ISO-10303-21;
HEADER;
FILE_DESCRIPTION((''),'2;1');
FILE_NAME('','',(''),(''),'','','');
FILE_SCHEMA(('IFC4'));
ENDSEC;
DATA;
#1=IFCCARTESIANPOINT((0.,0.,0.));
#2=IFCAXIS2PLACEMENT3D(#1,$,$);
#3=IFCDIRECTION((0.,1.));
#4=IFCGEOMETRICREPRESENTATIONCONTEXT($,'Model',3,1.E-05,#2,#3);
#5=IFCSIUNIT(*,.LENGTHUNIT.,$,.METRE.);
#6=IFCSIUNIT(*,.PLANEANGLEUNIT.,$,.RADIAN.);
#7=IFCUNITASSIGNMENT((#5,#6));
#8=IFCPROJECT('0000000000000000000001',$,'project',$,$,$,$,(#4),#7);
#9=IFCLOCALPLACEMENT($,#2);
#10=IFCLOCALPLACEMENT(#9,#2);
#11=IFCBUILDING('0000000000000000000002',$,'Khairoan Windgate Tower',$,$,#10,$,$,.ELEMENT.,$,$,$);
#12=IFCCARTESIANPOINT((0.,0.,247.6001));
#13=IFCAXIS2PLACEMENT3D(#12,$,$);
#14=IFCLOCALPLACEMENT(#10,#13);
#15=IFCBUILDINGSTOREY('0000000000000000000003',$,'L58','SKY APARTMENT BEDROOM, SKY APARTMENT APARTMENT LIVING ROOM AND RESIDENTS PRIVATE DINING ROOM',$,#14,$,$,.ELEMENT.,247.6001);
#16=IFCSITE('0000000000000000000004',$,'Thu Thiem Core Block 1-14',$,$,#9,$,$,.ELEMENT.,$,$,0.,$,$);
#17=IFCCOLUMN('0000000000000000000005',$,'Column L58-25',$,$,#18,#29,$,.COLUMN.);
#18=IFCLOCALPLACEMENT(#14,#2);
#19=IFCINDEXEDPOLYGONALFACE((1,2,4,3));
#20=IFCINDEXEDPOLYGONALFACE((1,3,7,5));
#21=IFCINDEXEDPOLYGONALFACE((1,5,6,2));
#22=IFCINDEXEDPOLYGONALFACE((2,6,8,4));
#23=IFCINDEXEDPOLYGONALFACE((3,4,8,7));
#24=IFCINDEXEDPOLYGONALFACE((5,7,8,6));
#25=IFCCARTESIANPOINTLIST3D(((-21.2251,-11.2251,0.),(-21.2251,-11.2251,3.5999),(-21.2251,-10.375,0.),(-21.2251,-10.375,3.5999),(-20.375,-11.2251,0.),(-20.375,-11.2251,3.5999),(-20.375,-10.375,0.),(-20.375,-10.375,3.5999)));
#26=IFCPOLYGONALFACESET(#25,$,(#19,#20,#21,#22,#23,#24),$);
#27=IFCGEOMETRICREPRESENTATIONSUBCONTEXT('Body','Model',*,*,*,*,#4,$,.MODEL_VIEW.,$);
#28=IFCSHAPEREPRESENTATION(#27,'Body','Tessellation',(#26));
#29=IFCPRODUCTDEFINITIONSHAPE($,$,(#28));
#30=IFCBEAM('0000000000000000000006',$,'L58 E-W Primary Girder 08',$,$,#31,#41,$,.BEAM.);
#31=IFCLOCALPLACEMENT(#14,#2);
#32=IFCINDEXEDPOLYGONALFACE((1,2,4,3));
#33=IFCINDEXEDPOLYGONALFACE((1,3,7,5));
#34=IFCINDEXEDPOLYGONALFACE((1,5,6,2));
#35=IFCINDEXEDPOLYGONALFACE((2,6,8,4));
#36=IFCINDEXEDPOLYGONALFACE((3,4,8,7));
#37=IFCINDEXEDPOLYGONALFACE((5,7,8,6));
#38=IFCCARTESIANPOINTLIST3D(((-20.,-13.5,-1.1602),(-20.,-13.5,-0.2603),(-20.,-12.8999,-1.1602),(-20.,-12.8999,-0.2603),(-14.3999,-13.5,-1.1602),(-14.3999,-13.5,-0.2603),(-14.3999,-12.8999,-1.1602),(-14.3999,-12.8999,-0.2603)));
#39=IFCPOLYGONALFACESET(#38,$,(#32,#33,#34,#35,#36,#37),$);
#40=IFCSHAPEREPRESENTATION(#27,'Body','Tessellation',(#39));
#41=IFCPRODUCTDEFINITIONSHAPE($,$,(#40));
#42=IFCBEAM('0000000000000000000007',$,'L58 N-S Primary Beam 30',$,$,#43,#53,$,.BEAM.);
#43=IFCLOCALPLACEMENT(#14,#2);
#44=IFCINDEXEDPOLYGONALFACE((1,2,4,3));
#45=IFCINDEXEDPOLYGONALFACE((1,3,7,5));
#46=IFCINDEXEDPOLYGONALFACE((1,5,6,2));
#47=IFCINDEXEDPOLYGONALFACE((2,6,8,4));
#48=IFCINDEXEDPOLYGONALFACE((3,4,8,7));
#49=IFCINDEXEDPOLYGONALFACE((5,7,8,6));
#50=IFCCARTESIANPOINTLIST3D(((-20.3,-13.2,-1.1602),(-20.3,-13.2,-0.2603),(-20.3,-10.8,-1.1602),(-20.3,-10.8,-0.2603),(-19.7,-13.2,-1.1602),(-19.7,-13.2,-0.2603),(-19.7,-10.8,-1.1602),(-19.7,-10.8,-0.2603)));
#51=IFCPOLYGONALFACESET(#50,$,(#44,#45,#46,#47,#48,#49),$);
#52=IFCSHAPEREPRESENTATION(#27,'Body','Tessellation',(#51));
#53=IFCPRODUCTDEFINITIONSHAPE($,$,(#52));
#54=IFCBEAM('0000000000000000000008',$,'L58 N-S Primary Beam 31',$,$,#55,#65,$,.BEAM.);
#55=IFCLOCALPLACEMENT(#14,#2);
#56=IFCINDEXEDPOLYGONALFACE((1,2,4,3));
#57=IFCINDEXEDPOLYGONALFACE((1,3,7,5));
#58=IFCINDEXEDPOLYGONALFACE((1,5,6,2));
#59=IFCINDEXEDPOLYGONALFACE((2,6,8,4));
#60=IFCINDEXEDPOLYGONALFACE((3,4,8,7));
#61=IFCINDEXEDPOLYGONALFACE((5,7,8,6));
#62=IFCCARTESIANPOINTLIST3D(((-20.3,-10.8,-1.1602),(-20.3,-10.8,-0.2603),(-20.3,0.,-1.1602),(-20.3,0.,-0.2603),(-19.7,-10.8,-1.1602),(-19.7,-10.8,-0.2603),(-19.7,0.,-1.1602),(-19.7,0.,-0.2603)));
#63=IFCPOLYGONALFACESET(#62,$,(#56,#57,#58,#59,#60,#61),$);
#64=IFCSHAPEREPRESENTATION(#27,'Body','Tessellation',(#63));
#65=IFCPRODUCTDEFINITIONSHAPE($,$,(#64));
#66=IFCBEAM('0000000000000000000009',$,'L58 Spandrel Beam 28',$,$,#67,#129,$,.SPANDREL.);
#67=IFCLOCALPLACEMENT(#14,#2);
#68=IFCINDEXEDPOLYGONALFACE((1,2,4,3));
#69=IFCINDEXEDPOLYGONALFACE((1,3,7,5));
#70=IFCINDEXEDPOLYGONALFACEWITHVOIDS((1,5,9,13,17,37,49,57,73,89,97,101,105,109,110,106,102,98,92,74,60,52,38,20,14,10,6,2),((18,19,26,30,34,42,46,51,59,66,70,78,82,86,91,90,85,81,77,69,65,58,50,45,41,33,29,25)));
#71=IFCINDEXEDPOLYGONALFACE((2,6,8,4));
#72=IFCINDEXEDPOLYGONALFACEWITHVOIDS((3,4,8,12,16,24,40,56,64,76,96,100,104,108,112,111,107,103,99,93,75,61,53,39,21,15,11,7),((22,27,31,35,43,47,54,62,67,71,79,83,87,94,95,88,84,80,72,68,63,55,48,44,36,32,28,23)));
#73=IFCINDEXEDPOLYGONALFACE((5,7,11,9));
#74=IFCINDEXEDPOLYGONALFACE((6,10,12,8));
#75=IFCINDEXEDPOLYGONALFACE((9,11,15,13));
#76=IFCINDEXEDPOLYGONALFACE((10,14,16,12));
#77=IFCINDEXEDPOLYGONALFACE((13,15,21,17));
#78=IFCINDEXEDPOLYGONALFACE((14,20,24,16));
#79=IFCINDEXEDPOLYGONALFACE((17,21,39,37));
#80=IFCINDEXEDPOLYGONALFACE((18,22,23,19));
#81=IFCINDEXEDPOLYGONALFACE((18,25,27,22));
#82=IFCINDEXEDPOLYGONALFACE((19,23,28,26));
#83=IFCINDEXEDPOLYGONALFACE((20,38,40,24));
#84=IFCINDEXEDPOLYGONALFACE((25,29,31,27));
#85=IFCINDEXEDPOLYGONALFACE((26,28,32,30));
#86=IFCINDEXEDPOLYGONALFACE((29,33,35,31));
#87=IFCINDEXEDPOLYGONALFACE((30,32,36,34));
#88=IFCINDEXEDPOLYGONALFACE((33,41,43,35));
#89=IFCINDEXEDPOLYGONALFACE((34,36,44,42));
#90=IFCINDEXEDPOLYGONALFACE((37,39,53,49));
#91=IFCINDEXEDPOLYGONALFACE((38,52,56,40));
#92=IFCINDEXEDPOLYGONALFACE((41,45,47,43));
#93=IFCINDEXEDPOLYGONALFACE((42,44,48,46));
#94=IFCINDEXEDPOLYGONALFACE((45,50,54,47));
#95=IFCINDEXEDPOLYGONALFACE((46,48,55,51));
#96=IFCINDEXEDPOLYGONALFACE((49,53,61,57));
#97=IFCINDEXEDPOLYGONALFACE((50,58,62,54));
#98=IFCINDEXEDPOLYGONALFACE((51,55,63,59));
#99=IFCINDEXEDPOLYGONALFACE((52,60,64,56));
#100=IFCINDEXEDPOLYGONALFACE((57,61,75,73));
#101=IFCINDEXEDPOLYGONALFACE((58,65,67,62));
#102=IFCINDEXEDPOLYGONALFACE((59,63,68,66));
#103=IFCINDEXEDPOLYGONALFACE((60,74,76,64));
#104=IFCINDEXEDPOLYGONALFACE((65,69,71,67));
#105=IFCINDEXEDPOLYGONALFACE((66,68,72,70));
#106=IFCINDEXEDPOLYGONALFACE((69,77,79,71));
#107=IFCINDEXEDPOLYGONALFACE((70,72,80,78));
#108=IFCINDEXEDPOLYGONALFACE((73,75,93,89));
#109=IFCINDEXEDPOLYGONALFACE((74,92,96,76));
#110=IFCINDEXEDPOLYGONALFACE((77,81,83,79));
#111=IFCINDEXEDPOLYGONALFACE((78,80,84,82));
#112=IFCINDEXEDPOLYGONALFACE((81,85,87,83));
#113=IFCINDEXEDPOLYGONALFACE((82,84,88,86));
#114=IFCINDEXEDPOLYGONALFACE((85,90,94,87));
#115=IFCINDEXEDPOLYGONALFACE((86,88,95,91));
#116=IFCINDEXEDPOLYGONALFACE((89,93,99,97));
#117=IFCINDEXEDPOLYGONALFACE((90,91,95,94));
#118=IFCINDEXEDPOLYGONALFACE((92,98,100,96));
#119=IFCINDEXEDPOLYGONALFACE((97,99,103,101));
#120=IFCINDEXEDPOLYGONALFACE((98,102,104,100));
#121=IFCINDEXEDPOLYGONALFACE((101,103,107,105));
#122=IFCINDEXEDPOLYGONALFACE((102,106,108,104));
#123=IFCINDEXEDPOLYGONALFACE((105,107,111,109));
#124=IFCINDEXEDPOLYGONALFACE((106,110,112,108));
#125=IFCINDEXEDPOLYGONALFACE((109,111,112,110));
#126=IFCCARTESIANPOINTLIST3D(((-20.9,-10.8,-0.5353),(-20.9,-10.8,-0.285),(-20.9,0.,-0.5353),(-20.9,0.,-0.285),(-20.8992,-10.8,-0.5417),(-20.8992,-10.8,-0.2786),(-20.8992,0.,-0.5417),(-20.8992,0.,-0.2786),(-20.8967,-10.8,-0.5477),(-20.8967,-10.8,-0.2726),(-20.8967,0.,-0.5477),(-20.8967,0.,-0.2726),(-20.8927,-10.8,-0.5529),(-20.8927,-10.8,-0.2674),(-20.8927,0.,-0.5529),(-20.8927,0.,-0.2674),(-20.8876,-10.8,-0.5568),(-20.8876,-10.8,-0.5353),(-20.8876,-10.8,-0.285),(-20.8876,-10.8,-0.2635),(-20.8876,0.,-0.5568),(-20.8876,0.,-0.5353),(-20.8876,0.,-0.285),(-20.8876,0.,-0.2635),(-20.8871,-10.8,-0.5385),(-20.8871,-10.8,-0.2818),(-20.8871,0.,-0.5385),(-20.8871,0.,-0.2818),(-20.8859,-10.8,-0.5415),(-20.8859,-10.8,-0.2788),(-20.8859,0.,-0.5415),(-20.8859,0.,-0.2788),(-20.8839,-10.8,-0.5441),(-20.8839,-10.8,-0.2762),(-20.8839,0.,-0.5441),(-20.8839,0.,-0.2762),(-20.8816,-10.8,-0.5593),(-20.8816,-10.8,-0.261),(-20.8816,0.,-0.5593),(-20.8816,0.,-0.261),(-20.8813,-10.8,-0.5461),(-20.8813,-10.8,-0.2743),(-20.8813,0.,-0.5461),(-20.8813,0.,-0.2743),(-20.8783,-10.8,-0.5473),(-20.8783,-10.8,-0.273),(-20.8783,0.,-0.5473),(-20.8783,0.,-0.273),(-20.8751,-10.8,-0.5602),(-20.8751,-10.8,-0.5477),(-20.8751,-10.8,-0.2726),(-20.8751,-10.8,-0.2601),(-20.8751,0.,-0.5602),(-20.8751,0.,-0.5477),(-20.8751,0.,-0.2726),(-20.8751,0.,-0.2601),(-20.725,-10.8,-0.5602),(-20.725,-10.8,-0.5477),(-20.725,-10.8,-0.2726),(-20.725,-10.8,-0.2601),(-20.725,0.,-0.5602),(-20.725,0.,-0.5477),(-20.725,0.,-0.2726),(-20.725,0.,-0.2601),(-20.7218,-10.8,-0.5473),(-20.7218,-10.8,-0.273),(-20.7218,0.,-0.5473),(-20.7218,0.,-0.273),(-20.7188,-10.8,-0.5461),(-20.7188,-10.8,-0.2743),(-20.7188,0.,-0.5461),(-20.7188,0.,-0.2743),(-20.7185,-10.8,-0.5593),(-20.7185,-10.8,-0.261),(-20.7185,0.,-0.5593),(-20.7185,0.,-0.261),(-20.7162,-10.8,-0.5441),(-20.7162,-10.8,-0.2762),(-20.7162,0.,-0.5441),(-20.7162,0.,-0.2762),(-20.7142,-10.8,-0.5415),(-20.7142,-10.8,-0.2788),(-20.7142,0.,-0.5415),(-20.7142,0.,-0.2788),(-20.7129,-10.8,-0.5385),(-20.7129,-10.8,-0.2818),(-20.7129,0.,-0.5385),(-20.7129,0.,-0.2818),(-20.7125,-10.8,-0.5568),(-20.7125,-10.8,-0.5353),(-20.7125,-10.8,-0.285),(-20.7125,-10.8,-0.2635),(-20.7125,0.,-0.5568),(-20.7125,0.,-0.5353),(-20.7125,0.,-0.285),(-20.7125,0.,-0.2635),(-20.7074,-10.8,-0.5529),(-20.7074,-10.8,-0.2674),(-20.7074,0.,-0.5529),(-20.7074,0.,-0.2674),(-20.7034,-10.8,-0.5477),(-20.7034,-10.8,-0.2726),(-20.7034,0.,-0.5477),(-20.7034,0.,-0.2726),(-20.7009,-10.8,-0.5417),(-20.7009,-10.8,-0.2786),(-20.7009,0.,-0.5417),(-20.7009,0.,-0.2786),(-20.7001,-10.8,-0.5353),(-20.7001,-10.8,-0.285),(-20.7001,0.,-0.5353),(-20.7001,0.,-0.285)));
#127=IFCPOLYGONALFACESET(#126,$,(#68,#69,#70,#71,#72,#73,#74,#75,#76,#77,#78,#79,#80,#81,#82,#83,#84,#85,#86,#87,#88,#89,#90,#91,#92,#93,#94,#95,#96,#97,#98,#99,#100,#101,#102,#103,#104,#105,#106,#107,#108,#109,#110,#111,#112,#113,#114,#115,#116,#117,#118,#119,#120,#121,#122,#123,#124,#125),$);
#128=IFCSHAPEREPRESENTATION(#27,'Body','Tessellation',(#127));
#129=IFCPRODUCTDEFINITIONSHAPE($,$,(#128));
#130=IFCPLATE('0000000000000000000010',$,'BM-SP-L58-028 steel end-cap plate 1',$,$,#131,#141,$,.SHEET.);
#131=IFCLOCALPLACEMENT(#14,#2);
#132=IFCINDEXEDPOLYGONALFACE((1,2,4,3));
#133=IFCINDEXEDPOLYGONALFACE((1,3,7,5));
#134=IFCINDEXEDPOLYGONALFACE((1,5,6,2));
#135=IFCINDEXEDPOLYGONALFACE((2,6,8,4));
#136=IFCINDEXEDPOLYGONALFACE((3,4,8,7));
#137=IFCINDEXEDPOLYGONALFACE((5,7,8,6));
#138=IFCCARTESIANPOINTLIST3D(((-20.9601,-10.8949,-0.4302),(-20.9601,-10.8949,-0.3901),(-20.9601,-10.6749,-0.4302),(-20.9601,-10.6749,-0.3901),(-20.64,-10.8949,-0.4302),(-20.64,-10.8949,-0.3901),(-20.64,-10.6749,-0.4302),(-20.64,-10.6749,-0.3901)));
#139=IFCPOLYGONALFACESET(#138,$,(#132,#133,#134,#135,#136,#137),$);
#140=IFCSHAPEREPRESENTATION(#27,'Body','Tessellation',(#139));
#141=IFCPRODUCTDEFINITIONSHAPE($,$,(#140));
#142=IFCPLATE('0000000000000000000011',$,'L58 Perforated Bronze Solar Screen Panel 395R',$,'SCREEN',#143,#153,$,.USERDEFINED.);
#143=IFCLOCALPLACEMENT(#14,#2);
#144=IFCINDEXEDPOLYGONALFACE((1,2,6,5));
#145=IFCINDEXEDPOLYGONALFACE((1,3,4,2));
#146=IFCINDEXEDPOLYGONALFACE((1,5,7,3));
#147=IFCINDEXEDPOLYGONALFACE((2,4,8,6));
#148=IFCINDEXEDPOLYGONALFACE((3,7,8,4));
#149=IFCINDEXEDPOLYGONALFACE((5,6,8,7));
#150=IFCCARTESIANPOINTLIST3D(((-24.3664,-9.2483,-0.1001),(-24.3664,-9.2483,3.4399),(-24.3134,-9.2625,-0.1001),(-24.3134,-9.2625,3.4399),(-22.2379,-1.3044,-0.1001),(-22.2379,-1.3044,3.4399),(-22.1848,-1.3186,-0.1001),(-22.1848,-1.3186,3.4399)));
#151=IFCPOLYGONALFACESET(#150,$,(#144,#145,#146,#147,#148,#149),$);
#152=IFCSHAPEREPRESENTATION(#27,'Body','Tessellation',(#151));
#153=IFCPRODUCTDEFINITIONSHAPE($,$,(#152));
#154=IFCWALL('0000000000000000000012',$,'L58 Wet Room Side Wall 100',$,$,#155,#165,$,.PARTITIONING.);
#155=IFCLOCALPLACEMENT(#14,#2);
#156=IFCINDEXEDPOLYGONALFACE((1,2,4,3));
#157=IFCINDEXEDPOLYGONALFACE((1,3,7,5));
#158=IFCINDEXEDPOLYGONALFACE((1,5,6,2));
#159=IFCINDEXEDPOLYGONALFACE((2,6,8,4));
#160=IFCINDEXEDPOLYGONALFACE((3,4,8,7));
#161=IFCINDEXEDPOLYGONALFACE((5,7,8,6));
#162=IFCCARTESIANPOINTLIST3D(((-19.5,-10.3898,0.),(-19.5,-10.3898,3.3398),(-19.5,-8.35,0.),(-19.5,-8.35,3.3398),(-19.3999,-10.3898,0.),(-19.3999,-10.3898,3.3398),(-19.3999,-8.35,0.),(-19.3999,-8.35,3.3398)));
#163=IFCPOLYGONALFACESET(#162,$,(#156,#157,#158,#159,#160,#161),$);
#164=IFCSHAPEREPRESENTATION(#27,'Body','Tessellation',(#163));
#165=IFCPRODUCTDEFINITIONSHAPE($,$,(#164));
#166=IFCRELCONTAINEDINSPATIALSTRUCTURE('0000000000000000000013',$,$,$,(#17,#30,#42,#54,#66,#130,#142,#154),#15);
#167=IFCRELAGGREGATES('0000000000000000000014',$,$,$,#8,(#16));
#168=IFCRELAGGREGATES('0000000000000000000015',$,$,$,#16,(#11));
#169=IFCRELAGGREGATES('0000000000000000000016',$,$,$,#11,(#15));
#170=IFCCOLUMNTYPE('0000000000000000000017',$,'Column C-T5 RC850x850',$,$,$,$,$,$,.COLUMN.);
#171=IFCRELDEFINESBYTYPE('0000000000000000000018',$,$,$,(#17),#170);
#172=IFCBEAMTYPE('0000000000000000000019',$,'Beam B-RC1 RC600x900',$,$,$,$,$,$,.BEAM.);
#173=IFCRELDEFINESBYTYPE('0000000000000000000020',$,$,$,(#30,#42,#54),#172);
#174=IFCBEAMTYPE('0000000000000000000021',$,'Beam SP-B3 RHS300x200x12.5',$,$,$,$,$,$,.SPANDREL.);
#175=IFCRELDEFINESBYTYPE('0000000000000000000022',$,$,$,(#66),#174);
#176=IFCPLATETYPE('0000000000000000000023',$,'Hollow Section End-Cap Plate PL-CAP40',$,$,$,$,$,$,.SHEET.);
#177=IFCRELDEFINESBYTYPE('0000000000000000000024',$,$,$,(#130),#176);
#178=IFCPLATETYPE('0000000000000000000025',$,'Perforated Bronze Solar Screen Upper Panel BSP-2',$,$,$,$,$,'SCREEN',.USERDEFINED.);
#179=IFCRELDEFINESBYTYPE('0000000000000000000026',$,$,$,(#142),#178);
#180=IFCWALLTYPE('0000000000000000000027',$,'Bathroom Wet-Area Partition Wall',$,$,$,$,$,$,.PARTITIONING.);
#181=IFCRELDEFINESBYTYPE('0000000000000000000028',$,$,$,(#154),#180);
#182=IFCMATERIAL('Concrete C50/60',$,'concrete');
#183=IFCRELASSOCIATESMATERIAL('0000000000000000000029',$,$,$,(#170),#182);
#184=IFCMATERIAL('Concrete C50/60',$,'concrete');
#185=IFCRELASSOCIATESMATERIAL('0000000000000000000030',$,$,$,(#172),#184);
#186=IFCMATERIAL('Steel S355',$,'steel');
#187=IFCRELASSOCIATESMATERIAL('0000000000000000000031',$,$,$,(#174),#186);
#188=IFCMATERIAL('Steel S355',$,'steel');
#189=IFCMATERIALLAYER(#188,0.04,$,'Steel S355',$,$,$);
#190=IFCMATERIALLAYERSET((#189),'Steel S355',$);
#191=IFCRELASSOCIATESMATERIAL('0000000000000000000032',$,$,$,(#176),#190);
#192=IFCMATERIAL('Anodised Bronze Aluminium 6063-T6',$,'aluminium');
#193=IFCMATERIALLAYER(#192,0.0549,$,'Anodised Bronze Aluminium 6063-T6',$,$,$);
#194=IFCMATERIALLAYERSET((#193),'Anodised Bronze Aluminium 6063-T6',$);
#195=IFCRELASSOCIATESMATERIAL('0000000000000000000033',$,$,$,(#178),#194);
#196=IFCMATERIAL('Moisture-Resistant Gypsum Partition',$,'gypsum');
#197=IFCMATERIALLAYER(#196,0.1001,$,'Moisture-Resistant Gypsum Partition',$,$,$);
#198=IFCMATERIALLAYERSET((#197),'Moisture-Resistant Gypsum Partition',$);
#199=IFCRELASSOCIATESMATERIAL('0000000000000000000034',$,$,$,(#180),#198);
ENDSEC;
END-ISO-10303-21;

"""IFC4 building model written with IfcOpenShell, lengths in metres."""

from ifc_helpers import new_model, si_unit, direction, frame, frame_2d, origin, origin_2d, place, context, subcontext, project, spatial, rectangle, hollow_rectangle, extrude, material, layer, layer_set, material_profile, profile_set, type_object, element, save


model = new_model("IFC4")

# Units and contexts
model_context = context("Model", 3, precision=1e-05, world=origin(), true_north=direction((0.0, 1.0)))
body_context = subcontext(model_context, "Body", "Model", "MODEL_VIEW")
ifc_project = project(units=[si_unit("LENGTHUNIT", "METRE"), si_unit("PLANEANGLEUNIT", "RADIAN")], contexts=[model_context])

# Site, building, storey
site_placement = place(None, origin())
site = spatial("IfcSite", under=ifc_project, at=site_placement, Name="Thu Thiem Core Block 1-14", CompositionType="ELEMENT", RefElevation=0.0)
building_placement = place(site_placement, origin())
building = spatial("IfcBuilding", under=site, at=building_placement, Name="Khairoan Windgate Tower", CompositionType="ELEMENT")
storey_placement = place(building_placement, frame((0.0, 0.0, 247.6001)))
storey = spatial("IfcBuildingStorey", under=building, at=storey_placement, Name="L58", Description="SKY APARTMENT BEDROOM, SKY APARTMENT APARTMENT LIVING ROOM AND RESIDENTS PRIVATE DINING ROOM", CompositionType="ELEMENT", Elevation=247.6001)

# Column
ifc_material_1 = material(Name="Concrete C50/60", Category="concrete")
ifc_material_profile_1 = material_profile(ifc_material_1, rectangle(XDim=0.8501, YDim=0.8501, at=origin_2d()))
ifc_profile_set_1 = profile_set([ifc_material_profile_1], Name="Concrete C50/60")
column_type = type_object("IfcColumnType", Name="Column C-T5 RC850x850", PredefinedType="COLUMN", material=ifc_profile_set_1)
column_placement = place(storey_placement, frame((-20.8, -10.8, 0.0), z_axis=(0.0, 0.0, 1.0), x_axis=(1.0, 0.0, 0.0)))
element("IfcColumn", 1, at=column_placement, inside=storey, type_object=column_type, Name="Column L58-25", PredefinedType="COLUMN", context=body_context, shape_type="SweptSolid", body=[
    extrude(rectangle(XDim=0.8501, YDim=0.8501, at=origin_2d()), origin(), (0.0, 0.0, 1.0), 3.5999),
])

# Beams
ifc_material_2 = material(Name="Concrete C50/60", Category="concrete")
ifc_material_profile_2 = material_profile(ifc_material_2, rectangle(XDim=0.6001, YDim=0.8999, at=origin_2d()))
ifc_profile_set_2 = profile_set([ifc_material_profile_2], Name="Concrete C50/60")
beam_type_1 = type_object("IfcBeamType", Name="Beam B-RC1 RC600x900", PredefinedType="BEAM", material=ifc_profile_set_2)
beam_1_placement = place(storey_placement, frame((-20.0, -13.2, -0.7102), z_axis=(1.0, 0.0, 0.0), x_axis=(0.0, 1.0, 0.0)))
element("IfcBeam", 2, at=beam_1_placement, inside=storey, type_object=beam_type_1, Name="L58 E-W Primary Girder 08", PredefinedType="BEAM", context=body_context, shape_type="SweptSolid", body=[
    extrude(rectangle(XDim=0.6001, YDim=0.8999, at=origin_2d()), origin(), (0.0, 0.0, 1.0), 5.6001),
])
beam_2_placement = place(storey_placement, frame((-20.0, -13.2, -0.7102), z_axis=(0.0, 1.0, 0.0), x_axis=(-1.0, 0.0, 0.0)))
element("IfcBeam", 3, at=beam_2_placement, inside=storey, type_object=beam_type_1, Name="L58 N-S Primary Beam 30", PredefinedType="BEAM", context=body_context, shape_type="SweptSolid", body=[
    extrude(rectangle(XDim=0.6001, YDim=0.8999, at=origin_2d()), origin(), (0.0, 0.0, 1.0), 2.3999),
])
beam_3_placement = place(storey_placement, frame((-20.0, -10.8, -0.7102), z_axis=(0.0, 1.0, 0.0), x_axis=(-1.0, 0.0, 0.0)))
element("IfcBeam", 4, at=beam_3_placement, inside=storey, type_object=beam_type_1, Name="L58 N-S Primary Beam 31", PredefinedType="BEAM", context=body_context, shape_type="SweptSolid", body=[
    extrude(rectangle(XDim=0.6001, YDim=0.8999, at=origin_2d()), origin(), (0.0, 0.0, 1.0), 10.8),
])
ifc_material_3 = material(Name="Steel S355", Category="steel")
ifc_material_profile_3 = material_profile(ifc_material_3, hollow_rectangle(XDim=0.2, YDim=0.3, WallThickness=0.0125, InnerFilletRadius=0.0125, OuterFilletRadius=0.0249, at=origin_2d()))
ifc_profile_set_3 = profile_set([ifc_material_profile_3], Name="Steel S355")
beam_type_2 = type_object("IfcBeamType", Name="Beam SP-B3 RHS300x200x12.5", PredefinedType="SPANDREL", material=ifc_profile_set_3)
beam_4_placement = place(storey_placement, frame((-20.8, -10.8, -0.4102), z_axis=(0.0, 1.0, 0.0), x_axis=(-1.0, 0.0, 0.0)))
element("IfcBeam", 5, at=beam_4_placement, inside=storey, type_object=beam_type_2, Name="L58 Spandrel Beam 28", PredefinedType="SPANDREL", context=body_context, shape_type="SweptSolid", body=[
    extrude(hollow_rectangle(XDim=0.2, YDim=0.3, WallThickness=0.0125, InnerFilletRadius=0.0125, OuterFilletRadius=0.0249, at=origin_2d()), origin(), (0.0, 0.0, 1.0), 10.8),
])

# Plates
ifc_material_4 = material(Name="Steel S355", Category="steel")
ifc_layer_1 = layer(ifc_material_4, 0.04, Name="Steel S355")
ifc_layer_set_1 = layer_set([ifc_layer_1], Name="Steel S355")
plate_type_1 = type_object("IfcPlateType", Name="Hollow Section End-Cap Plate PL-CAP40", PredefinedType="SHEET", material=ifc_layer_set_1)
plate_1_placement = place(storey_placement, frame((-20.8, -10.7849, -0.4302), z_axis=(0.0, 0.0, 1.0), x_axis=(0.0, 1.0, 0.0)))
element("IfcPlate", 6, at=plate_1_placement, inside=storey, type_object=plate_type_1, Name="BM-SP-L58-028 steel end-cap plate 1", PredefinedType="SHEET", context=body_context, shape_type="SweptSolid", body=[
    extrude(rectangle(XDim=0.22, YDim=0.3201, at=origin_2d()), origin(), (0.0, 0.0, 1.0), 0.04),
])
ifc_material_5 = material(Name="Anodised Bronze Aluminium 6063-T6", Category="aluminium")
ifc_layer_2 = layer(ifc_material_5, 0.0549, Name="Anodised Bronze Aluminium 6063-T6")
ifc_layer_set_2 = layer_set([ifc_layer_2], Name="Anodised Bronze Aluminium 6063-T6")
plate_type_2 = type_object("IfcPlateType", Name="Perforated Bronze Solar Screen Upper Panel BSP-2", ElementType="SCREEN", PredefinedType="USERDEFINED", material=ifc_layer_set_2)
plate_2_placement = place(storey_placement, frame((-23.2756, -5.2834, -0.1001), z_axis=(0.0, 0.0, 1.0), x_axis=(0.258819, 0.965926, 0.0)))
element("IfcPlate", 7, at=plate_2_placement, inside=storey, type_object=plate_type_2, Name="L58 Perforated Bronze Solar Screen Panel 395R", ObjectType="SCREEN", PredefinedType="USERDEFINED", context=body_context, shape_type="SweptSolid", body=[
    extrude(rectangle(XDim=8.2241, YDim=0.0549, at=origin_2d()), origin(), (0.0, 0.0, 1.0), 3.54),
])

# Wall
ifc_material_6 = material(Name="Moisture-Resistant Gypsum Partition", Category="gypsum")
ifc_layer_3 = layer(ifc_material_6, 0.1001, Name="Moisture-Resistant Gypsum Partition")
ifc_layer_set_3 = layer_set([ifc_layer_3], Name="Moisture-Resistant Gypsum Partition")
wall_type_1 = type_object("IfcWallType", Name="Bathroom Wet-Area Partition Wall", PredefinedType="PARTITIONING", material=ifc_layer_set_3)
wall_1_placement = place(storey_placement, frame((-19.45, -10.3899, 0.0), z_axis=(0.0, 0.0, 1.0), x_axis=(0.0, 1.0, 0.0)))
element("IfcWall", 8, at=wall_1_placement, inside=storey, type_object=wall_type_1, Name="L58 Wet Room Side Wall 100", PredefinedType="PARTITIONING", context=body_context, shape_type="SweptSolid", body=[
    extrude(rectangle(XDim=2.0398, YDim=0.1001, at=frame_2d((1.02, 0.0))), origin(), (0.0, 0.0, 1.0), 3.3398),
])

save(model, "model.ifc")
